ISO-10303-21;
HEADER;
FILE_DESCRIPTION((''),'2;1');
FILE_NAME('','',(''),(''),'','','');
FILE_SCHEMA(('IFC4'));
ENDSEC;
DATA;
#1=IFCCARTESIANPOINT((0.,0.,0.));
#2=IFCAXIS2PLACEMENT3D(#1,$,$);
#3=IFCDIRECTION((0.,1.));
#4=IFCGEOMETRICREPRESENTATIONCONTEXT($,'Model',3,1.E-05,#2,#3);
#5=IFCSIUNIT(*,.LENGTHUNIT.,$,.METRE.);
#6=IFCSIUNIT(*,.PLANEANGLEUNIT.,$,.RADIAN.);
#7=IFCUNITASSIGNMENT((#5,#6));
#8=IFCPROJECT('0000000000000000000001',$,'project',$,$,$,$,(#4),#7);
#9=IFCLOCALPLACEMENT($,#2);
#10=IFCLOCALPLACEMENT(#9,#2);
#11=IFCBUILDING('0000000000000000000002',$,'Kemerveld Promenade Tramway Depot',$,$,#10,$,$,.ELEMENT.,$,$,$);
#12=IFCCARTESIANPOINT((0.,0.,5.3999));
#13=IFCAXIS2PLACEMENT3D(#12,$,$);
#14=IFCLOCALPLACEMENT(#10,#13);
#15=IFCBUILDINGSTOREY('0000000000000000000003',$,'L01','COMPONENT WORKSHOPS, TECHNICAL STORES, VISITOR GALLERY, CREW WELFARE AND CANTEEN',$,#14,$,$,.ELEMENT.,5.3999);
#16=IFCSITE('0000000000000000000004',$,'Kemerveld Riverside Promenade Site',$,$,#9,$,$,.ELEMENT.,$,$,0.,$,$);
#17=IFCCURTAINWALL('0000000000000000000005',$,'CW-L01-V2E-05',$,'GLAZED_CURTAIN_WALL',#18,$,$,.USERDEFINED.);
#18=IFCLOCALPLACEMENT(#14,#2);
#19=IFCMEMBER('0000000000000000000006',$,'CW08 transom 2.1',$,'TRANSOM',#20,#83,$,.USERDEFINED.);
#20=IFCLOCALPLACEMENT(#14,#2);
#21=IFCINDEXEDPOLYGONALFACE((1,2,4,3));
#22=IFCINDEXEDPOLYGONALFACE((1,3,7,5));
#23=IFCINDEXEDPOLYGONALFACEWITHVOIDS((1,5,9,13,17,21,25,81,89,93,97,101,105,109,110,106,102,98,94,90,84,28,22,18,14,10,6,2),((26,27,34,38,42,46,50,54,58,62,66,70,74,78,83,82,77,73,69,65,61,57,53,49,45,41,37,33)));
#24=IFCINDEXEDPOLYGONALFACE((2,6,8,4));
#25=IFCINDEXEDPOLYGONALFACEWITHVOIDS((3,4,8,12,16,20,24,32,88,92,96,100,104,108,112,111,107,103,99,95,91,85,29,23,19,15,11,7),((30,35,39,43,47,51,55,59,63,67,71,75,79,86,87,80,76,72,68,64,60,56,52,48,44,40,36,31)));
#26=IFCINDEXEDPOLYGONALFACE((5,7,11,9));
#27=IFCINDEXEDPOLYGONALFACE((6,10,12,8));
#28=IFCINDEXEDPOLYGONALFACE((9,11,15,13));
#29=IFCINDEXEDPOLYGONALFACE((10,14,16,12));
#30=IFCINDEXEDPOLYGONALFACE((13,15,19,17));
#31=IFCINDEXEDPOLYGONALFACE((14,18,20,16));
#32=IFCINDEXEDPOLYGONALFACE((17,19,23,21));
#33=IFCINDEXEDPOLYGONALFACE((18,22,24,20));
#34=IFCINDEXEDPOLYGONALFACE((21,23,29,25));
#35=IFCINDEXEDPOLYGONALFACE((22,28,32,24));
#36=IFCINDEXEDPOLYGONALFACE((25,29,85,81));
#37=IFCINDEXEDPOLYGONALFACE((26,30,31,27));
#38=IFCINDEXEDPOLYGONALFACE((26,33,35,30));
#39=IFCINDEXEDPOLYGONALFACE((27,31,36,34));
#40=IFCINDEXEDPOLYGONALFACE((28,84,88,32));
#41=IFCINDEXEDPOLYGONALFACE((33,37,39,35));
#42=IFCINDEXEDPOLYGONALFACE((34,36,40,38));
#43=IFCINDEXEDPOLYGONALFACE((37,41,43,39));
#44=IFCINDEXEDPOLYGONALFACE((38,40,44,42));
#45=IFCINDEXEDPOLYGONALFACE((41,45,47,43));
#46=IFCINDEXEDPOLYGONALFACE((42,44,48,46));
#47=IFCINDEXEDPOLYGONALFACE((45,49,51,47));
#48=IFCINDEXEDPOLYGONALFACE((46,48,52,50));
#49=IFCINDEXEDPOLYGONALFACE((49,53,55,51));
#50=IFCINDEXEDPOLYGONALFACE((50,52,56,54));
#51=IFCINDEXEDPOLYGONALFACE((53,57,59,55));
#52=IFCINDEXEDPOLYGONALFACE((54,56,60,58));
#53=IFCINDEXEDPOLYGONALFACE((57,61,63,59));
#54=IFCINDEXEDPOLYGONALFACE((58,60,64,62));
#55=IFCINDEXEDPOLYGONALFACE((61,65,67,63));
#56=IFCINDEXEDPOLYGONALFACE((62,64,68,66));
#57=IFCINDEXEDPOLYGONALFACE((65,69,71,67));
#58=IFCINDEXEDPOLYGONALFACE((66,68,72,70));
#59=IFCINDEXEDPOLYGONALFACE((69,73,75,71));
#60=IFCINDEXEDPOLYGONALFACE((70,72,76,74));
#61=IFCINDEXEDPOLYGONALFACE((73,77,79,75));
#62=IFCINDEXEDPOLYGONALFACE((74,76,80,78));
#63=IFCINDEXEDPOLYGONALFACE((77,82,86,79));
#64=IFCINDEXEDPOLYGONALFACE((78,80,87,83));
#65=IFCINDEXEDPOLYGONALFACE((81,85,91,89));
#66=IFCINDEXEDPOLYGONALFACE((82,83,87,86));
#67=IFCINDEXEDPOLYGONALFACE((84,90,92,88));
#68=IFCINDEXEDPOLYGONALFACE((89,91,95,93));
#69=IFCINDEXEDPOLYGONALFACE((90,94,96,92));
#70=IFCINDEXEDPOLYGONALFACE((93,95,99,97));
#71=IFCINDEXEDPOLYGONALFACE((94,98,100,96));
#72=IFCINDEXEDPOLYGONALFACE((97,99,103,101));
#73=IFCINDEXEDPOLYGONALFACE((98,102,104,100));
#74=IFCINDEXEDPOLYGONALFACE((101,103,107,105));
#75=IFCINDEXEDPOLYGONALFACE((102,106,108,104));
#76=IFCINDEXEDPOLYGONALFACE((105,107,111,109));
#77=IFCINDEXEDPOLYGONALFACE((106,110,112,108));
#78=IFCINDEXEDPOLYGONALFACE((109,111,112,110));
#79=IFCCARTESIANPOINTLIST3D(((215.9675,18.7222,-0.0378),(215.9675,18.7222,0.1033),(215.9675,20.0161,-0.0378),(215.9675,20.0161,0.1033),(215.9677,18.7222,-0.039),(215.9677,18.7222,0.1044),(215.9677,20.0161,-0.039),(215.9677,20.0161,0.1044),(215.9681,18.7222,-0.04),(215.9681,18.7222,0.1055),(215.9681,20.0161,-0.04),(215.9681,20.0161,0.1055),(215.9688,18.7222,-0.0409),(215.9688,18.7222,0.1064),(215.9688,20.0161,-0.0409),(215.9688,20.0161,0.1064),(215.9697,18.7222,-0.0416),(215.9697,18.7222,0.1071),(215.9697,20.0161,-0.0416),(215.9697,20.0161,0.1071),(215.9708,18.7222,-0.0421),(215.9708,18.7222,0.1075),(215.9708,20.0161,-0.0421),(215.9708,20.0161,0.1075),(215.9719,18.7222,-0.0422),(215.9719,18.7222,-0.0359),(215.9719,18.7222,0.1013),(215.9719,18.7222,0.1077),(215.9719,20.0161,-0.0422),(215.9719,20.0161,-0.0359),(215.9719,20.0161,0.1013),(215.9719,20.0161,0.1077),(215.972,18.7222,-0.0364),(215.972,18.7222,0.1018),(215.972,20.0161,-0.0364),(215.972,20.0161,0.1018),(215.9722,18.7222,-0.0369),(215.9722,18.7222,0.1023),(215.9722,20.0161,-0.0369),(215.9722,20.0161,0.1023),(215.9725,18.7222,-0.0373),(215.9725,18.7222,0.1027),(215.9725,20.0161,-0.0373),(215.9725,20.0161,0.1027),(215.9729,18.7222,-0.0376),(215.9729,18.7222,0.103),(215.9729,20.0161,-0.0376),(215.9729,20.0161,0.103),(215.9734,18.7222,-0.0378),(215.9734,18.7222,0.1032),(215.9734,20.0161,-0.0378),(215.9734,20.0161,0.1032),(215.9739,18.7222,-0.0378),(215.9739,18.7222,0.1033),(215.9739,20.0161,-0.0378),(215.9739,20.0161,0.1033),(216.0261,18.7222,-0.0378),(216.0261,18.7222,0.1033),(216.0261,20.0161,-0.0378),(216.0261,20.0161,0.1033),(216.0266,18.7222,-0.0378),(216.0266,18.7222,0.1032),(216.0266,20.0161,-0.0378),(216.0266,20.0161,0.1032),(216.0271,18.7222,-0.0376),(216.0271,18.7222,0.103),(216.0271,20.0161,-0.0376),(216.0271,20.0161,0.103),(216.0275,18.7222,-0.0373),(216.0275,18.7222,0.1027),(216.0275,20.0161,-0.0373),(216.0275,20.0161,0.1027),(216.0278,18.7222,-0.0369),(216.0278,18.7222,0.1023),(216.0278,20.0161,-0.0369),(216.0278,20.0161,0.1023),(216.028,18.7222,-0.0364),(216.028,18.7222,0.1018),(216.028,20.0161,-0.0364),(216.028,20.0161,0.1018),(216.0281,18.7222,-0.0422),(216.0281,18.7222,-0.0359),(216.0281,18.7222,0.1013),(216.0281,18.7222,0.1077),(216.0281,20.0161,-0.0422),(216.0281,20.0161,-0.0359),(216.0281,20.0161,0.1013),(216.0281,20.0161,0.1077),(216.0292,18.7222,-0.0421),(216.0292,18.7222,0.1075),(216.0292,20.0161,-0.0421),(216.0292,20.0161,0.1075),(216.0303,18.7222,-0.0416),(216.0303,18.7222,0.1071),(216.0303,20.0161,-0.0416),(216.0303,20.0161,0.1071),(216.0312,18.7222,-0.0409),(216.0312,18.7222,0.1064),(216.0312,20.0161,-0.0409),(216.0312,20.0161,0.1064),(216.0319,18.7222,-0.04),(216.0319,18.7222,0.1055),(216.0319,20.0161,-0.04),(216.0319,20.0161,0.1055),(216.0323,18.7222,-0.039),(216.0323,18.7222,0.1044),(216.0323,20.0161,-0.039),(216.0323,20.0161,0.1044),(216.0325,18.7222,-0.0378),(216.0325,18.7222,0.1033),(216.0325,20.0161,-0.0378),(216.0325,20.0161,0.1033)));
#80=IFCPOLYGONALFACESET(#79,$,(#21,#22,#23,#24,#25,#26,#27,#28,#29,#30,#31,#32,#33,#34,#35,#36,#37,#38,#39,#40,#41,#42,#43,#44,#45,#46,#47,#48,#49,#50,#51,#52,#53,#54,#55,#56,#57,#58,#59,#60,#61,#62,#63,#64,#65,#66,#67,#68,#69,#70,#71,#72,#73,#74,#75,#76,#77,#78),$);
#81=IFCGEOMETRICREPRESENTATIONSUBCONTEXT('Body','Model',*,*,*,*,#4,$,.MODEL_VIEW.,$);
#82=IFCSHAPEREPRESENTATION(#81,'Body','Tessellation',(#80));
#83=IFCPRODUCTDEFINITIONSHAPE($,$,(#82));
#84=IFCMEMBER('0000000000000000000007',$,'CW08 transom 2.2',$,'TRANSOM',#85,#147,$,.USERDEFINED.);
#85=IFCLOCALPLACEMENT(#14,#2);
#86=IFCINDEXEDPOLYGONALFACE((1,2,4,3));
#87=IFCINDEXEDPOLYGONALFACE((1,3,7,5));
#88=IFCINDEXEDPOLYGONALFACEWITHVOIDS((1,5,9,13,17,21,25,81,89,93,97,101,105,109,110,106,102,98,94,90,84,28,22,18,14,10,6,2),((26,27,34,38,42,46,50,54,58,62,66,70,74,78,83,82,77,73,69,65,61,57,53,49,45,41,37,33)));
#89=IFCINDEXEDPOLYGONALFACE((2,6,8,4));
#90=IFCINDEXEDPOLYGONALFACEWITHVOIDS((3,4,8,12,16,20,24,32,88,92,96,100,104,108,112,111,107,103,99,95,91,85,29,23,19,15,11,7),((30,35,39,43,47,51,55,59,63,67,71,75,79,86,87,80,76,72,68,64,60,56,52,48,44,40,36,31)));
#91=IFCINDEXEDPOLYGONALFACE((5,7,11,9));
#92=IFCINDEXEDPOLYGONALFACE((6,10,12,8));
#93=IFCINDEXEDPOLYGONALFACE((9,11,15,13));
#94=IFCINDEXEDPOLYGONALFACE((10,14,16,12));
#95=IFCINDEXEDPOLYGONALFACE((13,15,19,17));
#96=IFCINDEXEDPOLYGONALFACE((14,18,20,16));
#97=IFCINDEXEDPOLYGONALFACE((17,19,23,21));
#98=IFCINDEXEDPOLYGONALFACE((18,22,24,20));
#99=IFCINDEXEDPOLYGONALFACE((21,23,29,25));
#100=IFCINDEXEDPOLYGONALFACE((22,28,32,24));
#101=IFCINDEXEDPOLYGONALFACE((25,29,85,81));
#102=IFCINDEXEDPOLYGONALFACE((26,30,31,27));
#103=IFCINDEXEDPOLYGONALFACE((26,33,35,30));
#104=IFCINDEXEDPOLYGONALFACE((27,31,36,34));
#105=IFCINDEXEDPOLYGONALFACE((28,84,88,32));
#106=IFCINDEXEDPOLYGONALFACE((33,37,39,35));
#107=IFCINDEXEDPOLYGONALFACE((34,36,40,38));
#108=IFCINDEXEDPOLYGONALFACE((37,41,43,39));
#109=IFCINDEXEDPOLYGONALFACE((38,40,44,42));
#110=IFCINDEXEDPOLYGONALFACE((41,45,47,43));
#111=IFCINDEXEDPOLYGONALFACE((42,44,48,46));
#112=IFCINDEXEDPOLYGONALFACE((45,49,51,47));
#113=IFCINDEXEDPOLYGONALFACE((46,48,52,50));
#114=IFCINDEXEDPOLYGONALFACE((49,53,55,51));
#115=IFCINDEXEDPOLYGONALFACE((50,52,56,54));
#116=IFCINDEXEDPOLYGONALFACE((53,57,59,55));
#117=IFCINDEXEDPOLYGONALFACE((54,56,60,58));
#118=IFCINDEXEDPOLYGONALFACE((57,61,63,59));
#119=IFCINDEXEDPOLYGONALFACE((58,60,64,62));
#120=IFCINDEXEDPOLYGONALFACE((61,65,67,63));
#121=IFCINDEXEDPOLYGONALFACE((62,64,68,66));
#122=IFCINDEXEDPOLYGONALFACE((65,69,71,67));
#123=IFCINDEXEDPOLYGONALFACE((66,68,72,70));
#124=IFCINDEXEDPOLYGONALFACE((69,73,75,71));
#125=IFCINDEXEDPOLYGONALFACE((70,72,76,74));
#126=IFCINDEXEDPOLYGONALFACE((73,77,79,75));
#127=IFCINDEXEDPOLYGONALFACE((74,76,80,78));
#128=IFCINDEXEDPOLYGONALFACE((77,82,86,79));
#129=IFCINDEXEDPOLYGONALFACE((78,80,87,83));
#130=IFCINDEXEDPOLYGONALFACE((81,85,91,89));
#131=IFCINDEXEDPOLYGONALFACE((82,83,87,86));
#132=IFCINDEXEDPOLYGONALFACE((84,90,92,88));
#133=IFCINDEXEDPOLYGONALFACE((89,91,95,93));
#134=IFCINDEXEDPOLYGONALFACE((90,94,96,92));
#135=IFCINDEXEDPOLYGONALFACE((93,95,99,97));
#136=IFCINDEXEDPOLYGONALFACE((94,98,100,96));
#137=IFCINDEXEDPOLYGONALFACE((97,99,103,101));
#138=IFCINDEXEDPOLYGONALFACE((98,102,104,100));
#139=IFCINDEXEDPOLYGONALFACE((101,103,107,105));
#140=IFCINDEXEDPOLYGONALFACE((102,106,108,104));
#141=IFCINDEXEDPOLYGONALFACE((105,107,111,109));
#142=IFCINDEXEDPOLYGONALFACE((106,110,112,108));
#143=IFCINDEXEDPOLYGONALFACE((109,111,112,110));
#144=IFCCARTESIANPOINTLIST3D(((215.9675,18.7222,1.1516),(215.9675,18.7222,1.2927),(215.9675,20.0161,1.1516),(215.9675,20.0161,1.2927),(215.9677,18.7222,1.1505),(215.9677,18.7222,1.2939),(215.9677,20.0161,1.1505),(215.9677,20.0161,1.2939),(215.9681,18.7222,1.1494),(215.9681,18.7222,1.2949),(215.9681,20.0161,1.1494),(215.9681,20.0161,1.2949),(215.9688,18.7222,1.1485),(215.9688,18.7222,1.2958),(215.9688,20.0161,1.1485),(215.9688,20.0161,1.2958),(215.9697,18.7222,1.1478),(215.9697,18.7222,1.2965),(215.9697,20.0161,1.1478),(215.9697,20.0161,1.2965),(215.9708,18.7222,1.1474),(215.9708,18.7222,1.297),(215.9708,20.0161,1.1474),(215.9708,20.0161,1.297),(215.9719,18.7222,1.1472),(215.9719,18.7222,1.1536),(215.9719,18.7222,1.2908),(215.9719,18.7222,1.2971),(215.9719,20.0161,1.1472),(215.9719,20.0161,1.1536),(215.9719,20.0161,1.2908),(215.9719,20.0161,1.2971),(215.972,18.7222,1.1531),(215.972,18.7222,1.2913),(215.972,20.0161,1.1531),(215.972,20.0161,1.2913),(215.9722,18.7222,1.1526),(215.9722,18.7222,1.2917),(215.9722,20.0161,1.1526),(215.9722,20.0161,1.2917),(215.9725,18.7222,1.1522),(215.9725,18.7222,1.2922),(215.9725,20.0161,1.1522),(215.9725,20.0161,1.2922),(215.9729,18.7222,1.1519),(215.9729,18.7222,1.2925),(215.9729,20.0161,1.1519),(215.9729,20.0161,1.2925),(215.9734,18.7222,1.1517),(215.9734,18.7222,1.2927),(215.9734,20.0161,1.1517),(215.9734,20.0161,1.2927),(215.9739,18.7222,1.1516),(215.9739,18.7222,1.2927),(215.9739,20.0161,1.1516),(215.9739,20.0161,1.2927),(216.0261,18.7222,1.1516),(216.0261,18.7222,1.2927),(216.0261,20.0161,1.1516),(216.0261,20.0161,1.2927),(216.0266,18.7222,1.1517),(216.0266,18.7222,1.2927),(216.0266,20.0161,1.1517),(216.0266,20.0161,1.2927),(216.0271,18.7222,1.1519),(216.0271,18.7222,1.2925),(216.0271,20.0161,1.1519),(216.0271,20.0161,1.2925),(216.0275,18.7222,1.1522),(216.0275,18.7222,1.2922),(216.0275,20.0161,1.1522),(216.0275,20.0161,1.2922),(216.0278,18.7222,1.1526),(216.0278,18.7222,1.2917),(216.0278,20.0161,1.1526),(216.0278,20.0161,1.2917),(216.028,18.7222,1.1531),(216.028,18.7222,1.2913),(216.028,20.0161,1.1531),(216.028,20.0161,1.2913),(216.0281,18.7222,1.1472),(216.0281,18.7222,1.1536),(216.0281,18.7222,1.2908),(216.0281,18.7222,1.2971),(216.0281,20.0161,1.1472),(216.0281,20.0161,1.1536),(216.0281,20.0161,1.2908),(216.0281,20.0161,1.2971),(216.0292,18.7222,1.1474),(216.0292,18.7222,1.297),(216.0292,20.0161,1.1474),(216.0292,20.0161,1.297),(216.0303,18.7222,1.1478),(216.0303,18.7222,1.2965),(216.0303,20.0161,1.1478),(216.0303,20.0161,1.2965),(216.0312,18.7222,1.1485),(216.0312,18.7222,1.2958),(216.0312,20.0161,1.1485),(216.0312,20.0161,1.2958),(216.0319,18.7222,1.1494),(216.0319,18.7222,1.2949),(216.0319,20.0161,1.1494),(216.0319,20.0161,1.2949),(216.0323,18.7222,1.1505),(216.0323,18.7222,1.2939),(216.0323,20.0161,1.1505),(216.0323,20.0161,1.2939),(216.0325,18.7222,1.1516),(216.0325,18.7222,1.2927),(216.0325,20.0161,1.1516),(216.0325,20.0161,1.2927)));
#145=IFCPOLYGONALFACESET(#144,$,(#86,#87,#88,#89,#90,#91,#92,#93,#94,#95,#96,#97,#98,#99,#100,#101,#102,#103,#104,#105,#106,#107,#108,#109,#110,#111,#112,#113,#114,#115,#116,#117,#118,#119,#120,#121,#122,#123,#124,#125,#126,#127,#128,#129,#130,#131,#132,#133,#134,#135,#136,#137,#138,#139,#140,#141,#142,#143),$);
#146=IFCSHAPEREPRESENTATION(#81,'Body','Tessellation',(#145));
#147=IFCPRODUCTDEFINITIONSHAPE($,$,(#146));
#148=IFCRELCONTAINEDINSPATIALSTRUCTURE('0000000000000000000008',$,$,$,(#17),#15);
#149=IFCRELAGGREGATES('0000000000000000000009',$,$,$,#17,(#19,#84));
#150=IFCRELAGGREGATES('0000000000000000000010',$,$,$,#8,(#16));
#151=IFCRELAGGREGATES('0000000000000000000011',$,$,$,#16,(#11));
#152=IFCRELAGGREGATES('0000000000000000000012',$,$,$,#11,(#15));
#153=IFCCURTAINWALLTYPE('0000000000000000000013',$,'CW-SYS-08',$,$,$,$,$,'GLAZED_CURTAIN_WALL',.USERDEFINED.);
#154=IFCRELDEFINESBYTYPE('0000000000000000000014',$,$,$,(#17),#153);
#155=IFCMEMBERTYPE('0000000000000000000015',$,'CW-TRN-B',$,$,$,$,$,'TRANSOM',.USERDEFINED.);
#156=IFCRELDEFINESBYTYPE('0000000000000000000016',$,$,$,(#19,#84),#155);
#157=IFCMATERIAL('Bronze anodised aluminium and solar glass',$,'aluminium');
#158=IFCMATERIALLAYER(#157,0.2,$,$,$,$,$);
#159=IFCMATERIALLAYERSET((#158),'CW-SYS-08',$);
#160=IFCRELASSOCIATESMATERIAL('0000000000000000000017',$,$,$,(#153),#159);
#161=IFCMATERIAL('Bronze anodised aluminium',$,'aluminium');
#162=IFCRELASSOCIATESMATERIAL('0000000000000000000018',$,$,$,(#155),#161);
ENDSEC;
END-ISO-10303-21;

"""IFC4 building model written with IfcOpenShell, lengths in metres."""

from ifc_helpers import new_model, si_unit, direction, frame, origin, origin_2d, place, context, subcontext, project, spatial, hollow_rectangle, extrude, material, layer, layer_set, material_profile, profile_set, type_object, element, aggregate, save


model = new_model("IFC4")

# Units and contexts
model_context = context("Model", 3, precision=1e-05, world=origin(), true_north=direction((0.0, 1.0)))
body_context = subcontext(model_context, "Body", "Model", "MODEL_VIEW")
ifc_project = project(units=[si_unit("LENGTHUNIT", "METRE"), si_unit("PLANEANGLEUNIT", "RADIAN")], contexts=[model_context])

# Site, building, storey
site_placement = place(None, origin())
site = spatial("IfcSite", under=ifc_project, at=site_placement, Name="Kemerveld Riverside Promenade Site", CompositionType="ELEMENT", RefElevation=0.0)
building_placement = place(site_placement, origin())
building = spatial("IfcBuilding", under=site, at=building_placement, Name="Kemerveld Promenade Tramway Depot", CompositionType="ELEMENT")
storey_placement = place(building_placement, frame((0.0, 0.0, 5.3999)))
storey = spatial("IfcBuildingStorey", under=building, at=storey_placement, Name="L01", Description="COMPONENT WORKSHOPS, TECHNICAL STORES, VISITOR GALLERY, CREW WELFARE AND CANTEEN", CompositionType="ELEMENT", Elevation=5.3999)

# Curtain wall, members
ifc_material_1 = material(Name="Bronze anodised aluminium and solar glass", Category="aluminium")
ifc_layer_1 = layer(ifc_material_1, 0.2)
ifc_layer_set_1 = layer_set([ifc_layer_1], Name="CW-SYS-08")
curtain_wall_type = type_object("IfcCurtainWallType", Name="CW-SYS-08", ElementType="GLAZED_CURTAIN_WALL", PredefinedType="USERDEFINED", material=ifc_layer_set_1)
curtain_wall_placement = place(storey_placement, origin())
curtain_wall = element("IfcCurtainWall", 1, at=curtain_wall_placement, inside=storey, type_object=curtain_wall_type, Name="CW-L01-V2E-05", ObjectType="GLAZED_CURTAIN_WALL", PredefinedType="USERDEFINED")
ifc_material_2 = material(Name="Bronze anodised aluminium", Category="aluminium")
ifc_material_profile_1 = material_profile(ifc_material_2, hollow_rectangle(XDim=0.0649, YDim=0.1499, WallThickness=0.0044, InnerFilletRadius=0.002, OuterFilletRadius=0.0044, at=origin_2d()), Name="CW-TRN-150x65")
ifc_profile_set_1 = profile_set([ifc_material_profile_1], Name="Bronze anodised aluminium")
member_type_1 = type_object("IfcMemberType", Name="CW-TRN-B", ElementType="TRANSOM", PredefinedType="USERDEFINED", material=ifc_profile_set_1)
member_1_placement = place(storey_placement, frame((216.0, 20.0161, 0.0327), z_axis=(0.0, -1.0, 0.0), x_axis=(1.0, 0.0, 0.0)))
member_1 = element("IfcMember", 2, at=member_1_placement, type_object=member_type_1, Name="CW08 transom 2.1", ObjectType="TRANSOM", PredefinedType="USERDEFINED", context=body_context, shape_type="SweptSolid", body=[
    extrude(hollow_rectangle(XDim=0.0649, YDim=0.1499, WallThickness=0.0044, InnerFilletRadius=0.002, OuterFilletRadius=0.0044, at=origin_2d()), origin(), (0.0, 0.0, 1.0), 1.2939),
])
member_2_placement = place(storey_placement, frame((216.0, 20.0161, 1.2222), z_axis=(0.0, -1.0, 0.0), x_axis=(1.0, 0.0, 0.0)))
member_2 = element("IfcMember", 3, at=member_2_placement, type_object=member_type_1, Name="CW08 transom 2.2", ObjectType="TRANSOM", PredefinedType="USERDEFINED", context=body_context, shape_type="SweptSolid", body=[
    extrude(hollow_rectangle(XDim=0.0649, YDim=0.1499, WallThickness=0.0044, InnerFilletRadius=0.002, OuterFilletRadius=0.0044, at=origin_2d()), origin(), (0.0, 0.0, 1.0), 1.2939),
])
aggregate(curtain_wall, [member_1, member_2])

save(model, "model.ifc")
